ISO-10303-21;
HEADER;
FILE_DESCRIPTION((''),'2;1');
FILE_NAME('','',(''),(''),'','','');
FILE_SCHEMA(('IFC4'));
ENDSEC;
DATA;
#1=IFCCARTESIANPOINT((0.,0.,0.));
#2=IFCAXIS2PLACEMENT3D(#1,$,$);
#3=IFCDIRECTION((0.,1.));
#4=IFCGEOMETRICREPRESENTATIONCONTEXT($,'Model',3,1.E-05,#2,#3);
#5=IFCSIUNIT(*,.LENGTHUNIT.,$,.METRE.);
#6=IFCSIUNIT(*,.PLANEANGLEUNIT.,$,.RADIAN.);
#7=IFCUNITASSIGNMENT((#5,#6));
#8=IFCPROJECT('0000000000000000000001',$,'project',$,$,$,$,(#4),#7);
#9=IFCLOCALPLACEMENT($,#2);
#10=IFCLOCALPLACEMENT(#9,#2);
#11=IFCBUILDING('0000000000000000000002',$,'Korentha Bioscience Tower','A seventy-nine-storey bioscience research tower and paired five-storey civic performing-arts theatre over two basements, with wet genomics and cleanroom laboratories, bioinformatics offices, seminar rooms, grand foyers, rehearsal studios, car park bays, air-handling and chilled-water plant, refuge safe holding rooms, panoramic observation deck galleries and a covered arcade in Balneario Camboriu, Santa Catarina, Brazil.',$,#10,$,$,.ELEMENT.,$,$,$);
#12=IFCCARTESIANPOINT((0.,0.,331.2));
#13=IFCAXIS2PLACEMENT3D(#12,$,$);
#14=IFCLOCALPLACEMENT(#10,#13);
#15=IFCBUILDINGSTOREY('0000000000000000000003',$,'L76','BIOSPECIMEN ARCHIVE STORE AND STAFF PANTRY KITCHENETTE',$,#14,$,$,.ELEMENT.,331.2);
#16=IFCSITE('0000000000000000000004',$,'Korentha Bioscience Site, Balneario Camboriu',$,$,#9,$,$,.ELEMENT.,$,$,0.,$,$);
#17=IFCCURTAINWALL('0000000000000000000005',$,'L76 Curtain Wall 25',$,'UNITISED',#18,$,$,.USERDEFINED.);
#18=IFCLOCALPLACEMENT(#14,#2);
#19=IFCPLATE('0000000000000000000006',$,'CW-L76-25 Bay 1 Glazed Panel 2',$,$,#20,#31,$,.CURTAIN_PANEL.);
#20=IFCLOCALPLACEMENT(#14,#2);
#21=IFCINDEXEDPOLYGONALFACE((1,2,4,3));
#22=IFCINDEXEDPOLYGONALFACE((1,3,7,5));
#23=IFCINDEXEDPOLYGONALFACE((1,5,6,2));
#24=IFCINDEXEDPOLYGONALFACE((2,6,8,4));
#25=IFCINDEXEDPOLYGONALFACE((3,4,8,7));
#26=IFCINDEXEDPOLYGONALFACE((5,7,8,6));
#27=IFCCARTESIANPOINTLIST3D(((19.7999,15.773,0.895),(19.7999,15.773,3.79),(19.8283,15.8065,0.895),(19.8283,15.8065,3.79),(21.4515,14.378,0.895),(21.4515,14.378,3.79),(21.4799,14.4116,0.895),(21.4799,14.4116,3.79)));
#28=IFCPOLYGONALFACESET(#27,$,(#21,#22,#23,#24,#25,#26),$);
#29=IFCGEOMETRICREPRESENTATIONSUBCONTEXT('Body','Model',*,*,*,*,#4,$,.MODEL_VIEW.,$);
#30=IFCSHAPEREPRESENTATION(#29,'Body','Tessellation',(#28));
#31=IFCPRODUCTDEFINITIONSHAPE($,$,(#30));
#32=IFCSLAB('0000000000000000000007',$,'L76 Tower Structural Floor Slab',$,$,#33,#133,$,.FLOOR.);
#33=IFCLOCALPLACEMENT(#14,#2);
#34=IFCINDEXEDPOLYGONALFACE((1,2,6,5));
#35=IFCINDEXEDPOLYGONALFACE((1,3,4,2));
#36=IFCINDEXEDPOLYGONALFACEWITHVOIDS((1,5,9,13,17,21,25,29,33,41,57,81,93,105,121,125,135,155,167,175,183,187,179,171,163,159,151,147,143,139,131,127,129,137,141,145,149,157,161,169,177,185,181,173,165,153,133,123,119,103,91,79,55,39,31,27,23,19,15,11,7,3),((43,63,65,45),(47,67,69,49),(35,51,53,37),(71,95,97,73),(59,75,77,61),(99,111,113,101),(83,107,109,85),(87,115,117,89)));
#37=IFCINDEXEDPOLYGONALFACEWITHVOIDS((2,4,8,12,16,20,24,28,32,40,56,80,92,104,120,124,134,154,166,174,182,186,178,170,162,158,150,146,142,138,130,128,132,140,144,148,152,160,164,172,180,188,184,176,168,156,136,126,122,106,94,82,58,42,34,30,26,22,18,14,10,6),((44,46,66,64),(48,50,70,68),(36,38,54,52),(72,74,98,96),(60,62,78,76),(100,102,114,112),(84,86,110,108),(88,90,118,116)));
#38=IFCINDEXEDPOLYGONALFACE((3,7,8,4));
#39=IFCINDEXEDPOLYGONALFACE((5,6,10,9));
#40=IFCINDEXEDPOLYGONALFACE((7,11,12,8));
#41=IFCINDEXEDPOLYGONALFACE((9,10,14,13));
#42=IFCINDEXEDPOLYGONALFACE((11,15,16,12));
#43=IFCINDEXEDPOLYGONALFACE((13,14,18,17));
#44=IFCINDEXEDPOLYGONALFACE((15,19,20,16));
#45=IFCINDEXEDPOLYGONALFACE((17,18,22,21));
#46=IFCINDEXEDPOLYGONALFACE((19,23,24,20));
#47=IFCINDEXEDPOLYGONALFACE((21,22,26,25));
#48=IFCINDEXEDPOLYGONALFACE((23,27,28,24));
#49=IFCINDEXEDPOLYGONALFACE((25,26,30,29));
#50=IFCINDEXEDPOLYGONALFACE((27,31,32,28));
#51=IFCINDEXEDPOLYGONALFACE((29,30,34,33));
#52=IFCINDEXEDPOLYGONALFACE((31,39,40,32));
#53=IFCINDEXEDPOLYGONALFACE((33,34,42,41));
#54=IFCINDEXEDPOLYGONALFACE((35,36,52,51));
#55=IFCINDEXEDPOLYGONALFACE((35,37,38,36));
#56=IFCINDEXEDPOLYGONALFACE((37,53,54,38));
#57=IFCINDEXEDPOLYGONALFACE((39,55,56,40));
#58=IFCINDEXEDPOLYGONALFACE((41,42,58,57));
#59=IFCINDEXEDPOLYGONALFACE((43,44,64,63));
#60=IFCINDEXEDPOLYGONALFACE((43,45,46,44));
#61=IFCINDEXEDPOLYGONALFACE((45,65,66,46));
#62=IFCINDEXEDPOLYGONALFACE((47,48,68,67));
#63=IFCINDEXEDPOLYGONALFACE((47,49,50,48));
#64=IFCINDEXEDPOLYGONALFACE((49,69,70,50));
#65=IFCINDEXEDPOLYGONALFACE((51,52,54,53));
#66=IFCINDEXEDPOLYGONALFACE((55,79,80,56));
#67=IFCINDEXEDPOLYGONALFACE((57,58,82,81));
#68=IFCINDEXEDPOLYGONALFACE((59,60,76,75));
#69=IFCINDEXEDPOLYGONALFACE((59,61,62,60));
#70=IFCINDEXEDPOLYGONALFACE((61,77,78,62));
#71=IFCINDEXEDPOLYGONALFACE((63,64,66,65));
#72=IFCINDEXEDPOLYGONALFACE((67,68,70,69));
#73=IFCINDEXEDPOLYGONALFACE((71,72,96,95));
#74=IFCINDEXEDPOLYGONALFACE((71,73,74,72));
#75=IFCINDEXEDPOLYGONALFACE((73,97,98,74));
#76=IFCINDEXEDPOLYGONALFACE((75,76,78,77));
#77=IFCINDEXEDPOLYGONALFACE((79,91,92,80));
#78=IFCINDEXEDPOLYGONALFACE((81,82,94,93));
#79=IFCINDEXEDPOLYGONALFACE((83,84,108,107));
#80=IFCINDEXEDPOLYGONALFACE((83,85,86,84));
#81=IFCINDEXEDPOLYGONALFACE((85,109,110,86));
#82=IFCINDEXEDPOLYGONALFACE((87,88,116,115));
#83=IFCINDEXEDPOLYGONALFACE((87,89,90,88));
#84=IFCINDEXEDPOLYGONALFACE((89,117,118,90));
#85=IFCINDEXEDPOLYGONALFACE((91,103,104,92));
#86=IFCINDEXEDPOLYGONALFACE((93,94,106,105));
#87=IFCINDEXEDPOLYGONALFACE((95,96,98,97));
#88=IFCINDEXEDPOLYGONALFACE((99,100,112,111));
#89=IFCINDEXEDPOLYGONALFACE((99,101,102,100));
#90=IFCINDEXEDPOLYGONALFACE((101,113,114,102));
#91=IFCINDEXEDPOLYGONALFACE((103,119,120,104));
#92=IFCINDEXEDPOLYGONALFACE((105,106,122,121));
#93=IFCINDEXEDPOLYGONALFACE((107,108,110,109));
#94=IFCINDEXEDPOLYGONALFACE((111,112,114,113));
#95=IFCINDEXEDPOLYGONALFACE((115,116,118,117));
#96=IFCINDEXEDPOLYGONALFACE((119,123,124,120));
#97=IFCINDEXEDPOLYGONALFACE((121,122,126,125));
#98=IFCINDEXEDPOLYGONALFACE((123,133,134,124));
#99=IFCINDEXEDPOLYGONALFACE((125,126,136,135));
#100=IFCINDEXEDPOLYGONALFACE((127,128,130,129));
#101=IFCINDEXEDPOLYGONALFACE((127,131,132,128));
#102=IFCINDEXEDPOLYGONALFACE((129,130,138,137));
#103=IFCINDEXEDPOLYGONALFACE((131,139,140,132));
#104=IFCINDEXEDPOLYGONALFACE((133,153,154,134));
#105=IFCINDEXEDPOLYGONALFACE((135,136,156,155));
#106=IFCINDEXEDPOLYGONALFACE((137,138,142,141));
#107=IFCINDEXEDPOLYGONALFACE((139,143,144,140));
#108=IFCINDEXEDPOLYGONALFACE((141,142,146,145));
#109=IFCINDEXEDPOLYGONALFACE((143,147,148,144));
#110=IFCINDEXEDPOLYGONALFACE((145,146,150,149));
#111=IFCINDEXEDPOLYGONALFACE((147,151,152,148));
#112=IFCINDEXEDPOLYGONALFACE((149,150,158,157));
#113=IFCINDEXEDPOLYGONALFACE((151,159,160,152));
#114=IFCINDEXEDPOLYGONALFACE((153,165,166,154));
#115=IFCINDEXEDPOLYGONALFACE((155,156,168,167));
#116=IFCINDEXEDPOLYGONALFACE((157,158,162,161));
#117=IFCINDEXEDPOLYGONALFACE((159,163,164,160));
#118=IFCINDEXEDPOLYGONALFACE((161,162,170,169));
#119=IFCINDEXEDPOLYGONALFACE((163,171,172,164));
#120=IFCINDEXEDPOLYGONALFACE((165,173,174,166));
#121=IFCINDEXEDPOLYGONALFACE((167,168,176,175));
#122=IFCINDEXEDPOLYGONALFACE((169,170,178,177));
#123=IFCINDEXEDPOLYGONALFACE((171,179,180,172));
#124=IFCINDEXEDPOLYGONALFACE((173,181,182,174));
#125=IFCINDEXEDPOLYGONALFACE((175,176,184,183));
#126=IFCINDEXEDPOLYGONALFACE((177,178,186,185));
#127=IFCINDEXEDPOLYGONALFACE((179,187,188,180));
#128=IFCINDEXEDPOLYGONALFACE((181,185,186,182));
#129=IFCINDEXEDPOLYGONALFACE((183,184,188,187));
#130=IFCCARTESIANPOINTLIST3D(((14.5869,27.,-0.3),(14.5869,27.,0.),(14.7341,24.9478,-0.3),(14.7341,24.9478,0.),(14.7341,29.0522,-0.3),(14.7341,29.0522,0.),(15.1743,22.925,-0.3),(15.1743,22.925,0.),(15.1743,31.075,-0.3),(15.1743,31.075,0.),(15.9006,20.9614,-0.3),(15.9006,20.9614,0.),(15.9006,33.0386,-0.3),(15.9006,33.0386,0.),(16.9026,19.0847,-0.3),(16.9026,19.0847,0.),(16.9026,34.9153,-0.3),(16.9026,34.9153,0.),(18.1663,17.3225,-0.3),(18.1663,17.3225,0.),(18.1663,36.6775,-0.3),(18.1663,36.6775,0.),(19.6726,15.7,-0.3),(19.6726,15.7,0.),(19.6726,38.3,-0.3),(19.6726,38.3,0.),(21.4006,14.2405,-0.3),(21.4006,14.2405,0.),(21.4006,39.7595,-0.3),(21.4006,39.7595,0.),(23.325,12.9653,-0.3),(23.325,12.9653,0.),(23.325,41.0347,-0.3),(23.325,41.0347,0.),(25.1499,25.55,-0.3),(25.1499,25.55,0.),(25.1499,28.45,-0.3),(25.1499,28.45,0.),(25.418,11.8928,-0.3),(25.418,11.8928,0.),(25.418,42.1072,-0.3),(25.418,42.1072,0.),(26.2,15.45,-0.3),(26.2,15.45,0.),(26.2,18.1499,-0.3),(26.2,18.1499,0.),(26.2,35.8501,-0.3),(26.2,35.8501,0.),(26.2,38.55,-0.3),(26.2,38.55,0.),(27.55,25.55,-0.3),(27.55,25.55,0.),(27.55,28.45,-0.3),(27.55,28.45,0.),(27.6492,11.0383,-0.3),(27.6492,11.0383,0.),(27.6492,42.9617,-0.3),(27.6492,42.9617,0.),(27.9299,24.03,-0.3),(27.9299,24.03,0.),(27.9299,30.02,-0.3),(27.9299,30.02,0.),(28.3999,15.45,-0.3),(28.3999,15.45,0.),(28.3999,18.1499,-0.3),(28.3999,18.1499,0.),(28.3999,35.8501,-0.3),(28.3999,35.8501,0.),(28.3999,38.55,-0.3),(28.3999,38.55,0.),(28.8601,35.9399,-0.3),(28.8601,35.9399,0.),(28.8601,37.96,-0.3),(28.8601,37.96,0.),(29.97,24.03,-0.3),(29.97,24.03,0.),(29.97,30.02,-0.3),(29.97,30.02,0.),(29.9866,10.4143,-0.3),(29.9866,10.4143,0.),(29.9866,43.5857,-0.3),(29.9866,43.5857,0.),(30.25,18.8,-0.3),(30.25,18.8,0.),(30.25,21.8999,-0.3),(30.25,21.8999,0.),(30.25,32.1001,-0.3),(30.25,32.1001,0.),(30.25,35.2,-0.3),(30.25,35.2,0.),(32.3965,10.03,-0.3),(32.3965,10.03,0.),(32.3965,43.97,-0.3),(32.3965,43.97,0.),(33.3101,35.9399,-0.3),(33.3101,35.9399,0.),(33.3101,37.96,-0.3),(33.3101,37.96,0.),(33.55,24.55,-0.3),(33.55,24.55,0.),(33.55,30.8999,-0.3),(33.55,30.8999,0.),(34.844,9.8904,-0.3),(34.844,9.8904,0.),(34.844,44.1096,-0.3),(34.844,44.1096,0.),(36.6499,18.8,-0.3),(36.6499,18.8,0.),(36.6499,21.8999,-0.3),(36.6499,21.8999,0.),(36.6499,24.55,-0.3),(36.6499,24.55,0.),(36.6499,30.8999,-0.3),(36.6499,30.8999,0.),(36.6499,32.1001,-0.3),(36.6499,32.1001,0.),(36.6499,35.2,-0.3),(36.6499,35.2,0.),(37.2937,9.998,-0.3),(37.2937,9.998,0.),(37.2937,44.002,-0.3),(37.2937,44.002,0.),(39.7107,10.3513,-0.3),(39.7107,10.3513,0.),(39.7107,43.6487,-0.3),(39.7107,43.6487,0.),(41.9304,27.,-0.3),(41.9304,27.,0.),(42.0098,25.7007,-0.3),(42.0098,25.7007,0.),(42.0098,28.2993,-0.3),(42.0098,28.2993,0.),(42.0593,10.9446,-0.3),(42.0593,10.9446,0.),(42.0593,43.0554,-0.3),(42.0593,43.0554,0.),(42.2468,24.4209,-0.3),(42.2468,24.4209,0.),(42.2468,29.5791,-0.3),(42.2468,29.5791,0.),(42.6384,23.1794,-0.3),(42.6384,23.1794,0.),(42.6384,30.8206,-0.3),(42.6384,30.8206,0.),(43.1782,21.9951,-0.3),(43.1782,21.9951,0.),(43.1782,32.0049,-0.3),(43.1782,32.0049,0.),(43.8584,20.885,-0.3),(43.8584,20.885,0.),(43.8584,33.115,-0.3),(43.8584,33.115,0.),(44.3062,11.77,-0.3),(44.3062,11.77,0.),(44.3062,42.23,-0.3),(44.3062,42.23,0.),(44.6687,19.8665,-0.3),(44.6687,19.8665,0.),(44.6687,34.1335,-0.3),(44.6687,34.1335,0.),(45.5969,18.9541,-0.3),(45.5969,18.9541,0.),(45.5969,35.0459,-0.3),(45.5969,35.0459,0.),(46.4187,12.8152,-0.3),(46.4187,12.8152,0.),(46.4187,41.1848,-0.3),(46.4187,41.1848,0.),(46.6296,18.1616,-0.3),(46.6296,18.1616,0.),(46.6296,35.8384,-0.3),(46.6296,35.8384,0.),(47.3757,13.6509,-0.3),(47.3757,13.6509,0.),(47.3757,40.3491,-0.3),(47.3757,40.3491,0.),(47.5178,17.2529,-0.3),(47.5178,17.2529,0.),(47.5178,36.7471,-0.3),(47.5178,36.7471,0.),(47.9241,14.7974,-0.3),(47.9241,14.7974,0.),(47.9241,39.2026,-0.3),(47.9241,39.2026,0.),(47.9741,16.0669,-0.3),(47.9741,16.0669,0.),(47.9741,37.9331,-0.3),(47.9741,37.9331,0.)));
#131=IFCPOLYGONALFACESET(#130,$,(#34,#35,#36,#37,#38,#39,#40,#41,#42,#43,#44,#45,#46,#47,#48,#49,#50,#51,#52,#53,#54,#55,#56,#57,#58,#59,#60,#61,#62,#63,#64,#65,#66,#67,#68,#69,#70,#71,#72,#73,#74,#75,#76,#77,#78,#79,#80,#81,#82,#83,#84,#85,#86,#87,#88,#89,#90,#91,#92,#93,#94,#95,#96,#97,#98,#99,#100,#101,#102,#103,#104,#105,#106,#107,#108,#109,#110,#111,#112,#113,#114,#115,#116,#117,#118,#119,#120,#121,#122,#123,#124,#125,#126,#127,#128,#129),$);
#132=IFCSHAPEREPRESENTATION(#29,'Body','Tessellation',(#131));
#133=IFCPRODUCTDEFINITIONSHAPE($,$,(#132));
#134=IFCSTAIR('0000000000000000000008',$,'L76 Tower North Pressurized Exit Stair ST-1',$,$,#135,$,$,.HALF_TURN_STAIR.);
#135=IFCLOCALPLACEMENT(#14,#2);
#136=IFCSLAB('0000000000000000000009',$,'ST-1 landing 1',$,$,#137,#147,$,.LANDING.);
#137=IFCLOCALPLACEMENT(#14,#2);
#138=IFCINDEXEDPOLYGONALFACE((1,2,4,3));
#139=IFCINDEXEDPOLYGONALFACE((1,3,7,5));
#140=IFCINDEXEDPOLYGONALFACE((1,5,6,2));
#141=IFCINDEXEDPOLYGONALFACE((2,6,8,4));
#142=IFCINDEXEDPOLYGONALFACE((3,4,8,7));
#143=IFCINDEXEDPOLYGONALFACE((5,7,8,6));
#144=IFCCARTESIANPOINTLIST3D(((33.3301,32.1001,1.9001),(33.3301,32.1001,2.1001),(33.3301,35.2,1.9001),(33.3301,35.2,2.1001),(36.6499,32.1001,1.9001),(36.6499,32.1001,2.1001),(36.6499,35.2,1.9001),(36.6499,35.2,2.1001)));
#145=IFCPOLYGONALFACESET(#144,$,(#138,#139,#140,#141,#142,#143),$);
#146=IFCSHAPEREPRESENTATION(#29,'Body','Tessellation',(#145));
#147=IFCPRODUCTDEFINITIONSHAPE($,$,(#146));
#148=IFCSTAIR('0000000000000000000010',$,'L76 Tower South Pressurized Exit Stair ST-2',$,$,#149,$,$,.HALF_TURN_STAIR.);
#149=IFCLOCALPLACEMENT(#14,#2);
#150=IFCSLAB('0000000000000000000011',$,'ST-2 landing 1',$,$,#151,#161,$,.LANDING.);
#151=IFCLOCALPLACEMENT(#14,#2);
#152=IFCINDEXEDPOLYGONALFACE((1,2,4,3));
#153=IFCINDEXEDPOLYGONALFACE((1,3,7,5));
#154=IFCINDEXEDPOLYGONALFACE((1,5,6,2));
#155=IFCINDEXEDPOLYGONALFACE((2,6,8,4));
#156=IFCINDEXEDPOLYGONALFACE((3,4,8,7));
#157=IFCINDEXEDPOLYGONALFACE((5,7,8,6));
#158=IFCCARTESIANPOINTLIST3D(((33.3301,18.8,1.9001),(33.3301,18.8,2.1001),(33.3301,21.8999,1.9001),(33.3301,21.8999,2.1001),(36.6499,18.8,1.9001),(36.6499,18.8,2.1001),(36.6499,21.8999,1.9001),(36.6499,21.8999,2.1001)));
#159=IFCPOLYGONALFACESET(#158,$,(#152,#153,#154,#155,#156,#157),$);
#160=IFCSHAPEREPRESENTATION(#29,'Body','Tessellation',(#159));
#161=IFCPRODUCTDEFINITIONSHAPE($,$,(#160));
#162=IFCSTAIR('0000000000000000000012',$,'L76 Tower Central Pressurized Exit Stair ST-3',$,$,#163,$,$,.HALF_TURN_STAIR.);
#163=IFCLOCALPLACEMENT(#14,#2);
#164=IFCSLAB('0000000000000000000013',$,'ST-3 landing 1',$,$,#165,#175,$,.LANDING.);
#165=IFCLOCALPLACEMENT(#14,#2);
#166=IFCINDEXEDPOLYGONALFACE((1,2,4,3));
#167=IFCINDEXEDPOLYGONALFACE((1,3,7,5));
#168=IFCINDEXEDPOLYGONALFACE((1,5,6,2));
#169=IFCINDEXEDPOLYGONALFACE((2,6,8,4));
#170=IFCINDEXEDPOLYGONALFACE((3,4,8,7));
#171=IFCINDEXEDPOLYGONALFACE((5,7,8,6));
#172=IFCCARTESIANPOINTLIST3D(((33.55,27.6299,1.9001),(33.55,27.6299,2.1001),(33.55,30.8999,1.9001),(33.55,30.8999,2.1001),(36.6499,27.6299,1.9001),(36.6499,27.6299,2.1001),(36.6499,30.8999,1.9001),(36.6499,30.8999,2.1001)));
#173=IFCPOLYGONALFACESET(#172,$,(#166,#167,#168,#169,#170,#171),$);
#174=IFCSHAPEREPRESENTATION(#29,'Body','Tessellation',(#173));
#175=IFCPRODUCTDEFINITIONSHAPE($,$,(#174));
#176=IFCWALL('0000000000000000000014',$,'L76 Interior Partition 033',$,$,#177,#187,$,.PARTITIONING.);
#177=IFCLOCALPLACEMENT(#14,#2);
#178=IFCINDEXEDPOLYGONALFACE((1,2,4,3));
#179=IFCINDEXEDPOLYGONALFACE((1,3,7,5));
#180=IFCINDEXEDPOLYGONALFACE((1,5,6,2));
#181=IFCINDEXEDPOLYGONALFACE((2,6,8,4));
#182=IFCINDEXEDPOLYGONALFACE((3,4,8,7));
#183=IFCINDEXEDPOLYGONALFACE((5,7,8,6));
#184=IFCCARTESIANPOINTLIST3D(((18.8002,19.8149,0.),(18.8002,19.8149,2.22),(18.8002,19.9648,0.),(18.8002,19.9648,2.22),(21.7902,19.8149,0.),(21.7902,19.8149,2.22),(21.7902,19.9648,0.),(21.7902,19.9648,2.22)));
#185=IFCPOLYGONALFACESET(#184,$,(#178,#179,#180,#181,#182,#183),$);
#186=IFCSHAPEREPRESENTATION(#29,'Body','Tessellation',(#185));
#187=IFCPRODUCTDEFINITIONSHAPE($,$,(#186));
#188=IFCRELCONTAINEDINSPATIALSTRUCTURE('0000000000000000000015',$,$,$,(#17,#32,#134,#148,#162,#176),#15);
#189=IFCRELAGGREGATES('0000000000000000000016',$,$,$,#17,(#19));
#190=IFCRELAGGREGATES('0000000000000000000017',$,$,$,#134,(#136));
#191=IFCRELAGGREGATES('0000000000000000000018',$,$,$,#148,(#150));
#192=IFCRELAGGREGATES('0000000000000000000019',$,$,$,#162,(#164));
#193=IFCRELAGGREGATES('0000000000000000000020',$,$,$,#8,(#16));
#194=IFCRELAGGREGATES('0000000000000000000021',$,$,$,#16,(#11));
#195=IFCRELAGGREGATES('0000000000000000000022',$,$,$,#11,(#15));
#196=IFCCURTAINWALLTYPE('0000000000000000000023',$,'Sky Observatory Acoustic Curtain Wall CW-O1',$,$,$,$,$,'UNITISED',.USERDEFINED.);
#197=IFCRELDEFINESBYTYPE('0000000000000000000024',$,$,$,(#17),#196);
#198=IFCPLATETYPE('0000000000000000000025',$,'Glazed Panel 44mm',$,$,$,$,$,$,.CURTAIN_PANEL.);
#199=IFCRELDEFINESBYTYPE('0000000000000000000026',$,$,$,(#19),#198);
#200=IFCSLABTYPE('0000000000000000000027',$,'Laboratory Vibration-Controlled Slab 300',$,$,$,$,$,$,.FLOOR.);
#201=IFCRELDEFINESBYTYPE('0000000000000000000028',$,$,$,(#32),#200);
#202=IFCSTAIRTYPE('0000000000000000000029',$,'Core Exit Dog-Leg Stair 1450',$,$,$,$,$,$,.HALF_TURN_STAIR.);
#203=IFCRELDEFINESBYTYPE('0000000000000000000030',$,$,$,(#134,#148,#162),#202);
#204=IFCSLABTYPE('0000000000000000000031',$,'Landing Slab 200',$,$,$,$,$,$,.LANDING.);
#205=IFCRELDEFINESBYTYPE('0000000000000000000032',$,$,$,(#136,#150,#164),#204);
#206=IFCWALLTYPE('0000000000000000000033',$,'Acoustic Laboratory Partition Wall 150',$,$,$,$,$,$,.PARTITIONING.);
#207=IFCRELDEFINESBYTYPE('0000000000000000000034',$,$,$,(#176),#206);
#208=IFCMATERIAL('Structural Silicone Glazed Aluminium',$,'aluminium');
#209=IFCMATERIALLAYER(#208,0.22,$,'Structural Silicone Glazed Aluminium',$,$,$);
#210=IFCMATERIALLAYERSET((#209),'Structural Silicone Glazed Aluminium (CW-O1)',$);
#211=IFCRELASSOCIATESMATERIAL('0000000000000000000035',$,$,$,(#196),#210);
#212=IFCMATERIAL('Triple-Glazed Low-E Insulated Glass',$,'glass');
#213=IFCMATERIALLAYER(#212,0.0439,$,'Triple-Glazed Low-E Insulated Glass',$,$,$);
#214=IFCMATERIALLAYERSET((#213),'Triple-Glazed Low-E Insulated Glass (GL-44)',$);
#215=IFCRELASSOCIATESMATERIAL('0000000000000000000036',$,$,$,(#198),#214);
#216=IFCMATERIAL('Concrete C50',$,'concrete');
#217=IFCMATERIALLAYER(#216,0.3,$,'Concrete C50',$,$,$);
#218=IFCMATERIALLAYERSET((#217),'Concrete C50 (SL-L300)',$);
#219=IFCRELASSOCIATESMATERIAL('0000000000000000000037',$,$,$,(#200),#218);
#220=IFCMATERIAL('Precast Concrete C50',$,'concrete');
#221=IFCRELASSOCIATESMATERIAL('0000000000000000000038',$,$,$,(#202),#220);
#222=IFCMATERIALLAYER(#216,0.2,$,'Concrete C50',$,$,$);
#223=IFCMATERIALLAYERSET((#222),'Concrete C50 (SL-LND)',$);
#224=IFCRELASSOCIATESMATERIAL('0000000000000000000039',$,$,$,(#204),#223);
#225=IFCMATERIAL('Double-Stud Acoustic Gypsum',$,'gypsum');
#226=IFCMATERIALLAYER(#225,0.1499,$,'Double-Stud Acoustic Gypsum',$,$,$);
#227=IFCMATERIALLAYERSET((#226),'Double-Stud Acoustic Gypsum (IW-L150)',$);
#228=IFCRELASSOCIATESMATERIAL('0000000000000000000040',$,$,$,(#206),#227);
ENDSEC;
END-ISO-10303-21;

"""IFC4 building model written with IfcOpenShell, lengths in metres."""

from ifc_helpers import new_model, si_unit, direction, frame, frame_2d, origin, origin_2d, place, context, subcontext, project, spatial, polyline, rectangle, outline, extrude, material, layer, layer_set, type_object, element, aggregate, save


model = new_model("IFC4")

# Units and contexts
model_context = context("Model", 3, precision=1e-05, world=origin(), true_north=direction((0.0, 1.0)))
body_context = subcontext(model_context, "Body", "Model", "MODEL_VIEW")
ifc_project = project(units=[si_unit("LENGTHUNIT", "METRE"), si_unit("PLANEANGLEUNIT", "RADIAN")], contexts=[model_context])

# Site, building, storey
site_placement = place(None, origin())
site = spatial("IfcSite", under=ifc_project, at=site_placement, Name="Korentha Bioscience Site, Balneario Camboriu", CompositionType="ELEMENT", RefElevation=0.0)
building_placement = place(site_placement, origin())
building = spatial("IfcBuilding", under=site, at=building_placement, Name="Korentha Bioscience Tower", Description="A seventy-nine-storey bioscience research tower and paired five-storey civic performing-arts theatre over two basements, with wet genomics and cleanroom laboratories, bioinformatics offices, seminar rooms, grand foyers, rehearsal studios, car park bays, air-handling and chilled-water plant, refuge safe holding rooms, panoramic observation deck galleries and a covered arcade in Balneario Camboriu, Santa Catarina, Brazil.", CompositionType="ELEMENT")
storey_placement = place(building_placement, frame((0.0, 0.0, 331.2)))
storey = spatial("IfcBuildingStorey", under=building, at=storey_placement, Name="L76", Description="BIOSPECIMEN ARCHIVE STORE AND STAFF PANTRY KITCHENETTE", CompositionType="ELEMENT", Elevation=331.2)

# Shared definitions
ifc_material_1 = material(Name="Concrete C50", Category="concrete")

# Shared definitions
ifc_material_2 = material(Name="Structural Silicone Glazed Aluminium", Category="aluminium")
ifc_layer_1 = layer(ifc_material_2, 0.22, Name="Structural Silicone Glazed Aluminium")
ifc_layer_set_1 = layer_set([ifc_layer_1], Name="Structural Silicone Glazed Aluminium (CW-O1)")
curtain_wall_type = type_object("IfcCurtainWallType", Name="Sky Observatory Acoustic Curtain Wall CW-O1", ElementType="UNITISED", PredefinedType="USERDEFINED", material=ifc_layer_set_1)

# Curtain wall
curtain_wall_1_placement = place(storey_placement, origin())
curtain_wall_1 = element("IfcCurtainWall", 1, at=curtain_wall_1_placement, inside=storey, type_object=curtain_wall_type, Name="L76 Curtain Wall 25", ObjectType="UNITISED", PredefinedType="USERDEFINED")

# Plate
ifc_material_3 = material(Name="Triple-Glazed Low-E Insulated Glass", Category="glass")
ifc_layer_2 = layer(ifc_material_3, 0.0439, Name="Triple-Glazed Low-E Insulated Glass")
ifc_layer_set_2 = layer_set([ifc_layer_2], Name="Triple-Glazed Low-E Insulated Glass (GL-44)")
plate_type = type_object("IfcPlateType", Name="Glazed Panel 44mm", PredefinedType="CURTAIN_PANEL", material=ifc_layer_set_2)
plate_1_placement = place(storey_placement, frame((20.6399, 15.0923, 0.895), z_axis=(0.0, 0.0, 1.0), x_axis=(0.763987, -0.645232, 0.0)))
plate_1 = element("IfcPlate", 2, at=plate_1_placement, type_object=plate_type, Name="CW-L76-25 Bay 1 Glazed Panel 2", PredefinedType="CURTAIN_PANEL", context=body_context, shape_type="SweptSolid", body=[
    extrude(rectangle(XDim=2.1619, YDim=0.0439, at=origin_2d()), origin(), (0.0, 0.0, 1.0), 2.895),
])
aggregate(curtain_wall_1, [plate_1])

# Slab
ifc_layer_3 = layer(ifc_material_1, 0.3, Name="Concrete C50")
ifc_layer_set_3 = layer_set([ifc_layer_3], Name="Concrete C50 (SL-L300)")
slab_type_1 = type_object("IfcSlabType", Name="Laboratory Vibration-Controlled Slab 300", PredefinedType="FLOOR", material=ifc_layer_set_3)
slab_1_placement = place(storey_placement, frame((0.0, 0.0, -0.3)))
element("IfcSlab", 3, at=slab_1_placement, inside=storey, type_object=slab_type_1, Name="L76 Tower Structural Floor Slab", PredefinedType="FLOOR", context=body_context, shape_type="SweptSolid", body=[
    extrude(outline(polyline([(46.4187, 41.1848), (44.3062, 42.23), (42.0593, 43.0554), (39.7107, 43.6487), (37.2937, 44.002), (34.844, 44.1096), (32.3965, 43.97), (29.9866, 43.5857), (27.6492, 42.9617), (25.418, 42.1072), (23.325, 41.0347), (21.4006, 39.7595), (19.6726, 38.3), (18.1663, 36.6775), (16.9026, 34.9153), (15.9006, 33.0386), (15.1743, 31.075), (14.7341, 29.0522), (14.5869, 27.0), (14.7341, 24.9478), (15.1743, 22.925), (15.9006, 20.9614), (16.9026, 19.0847), (18.1663, 17.3225), (19.6726, 15.7), (21.4006, 14.2405), (23.325, 12.9653), (25.418, 11.8928), (27.6492, 11.0383), (29.9866, 10.4143), (32.3965, 10.03), (34.844, 9.8904), (37.2937, 9.998), (39.7107, 10.3513), (42.0593, 10.9446), (44.3062, 11.77), (46.4187, 12.8152), (47.3757, 13.6509), (47.9241, 14.7974), (47.9741, 16.0669), (47.5178, 17.2529), (46.6296, 18.1616), (45.5969, 18.9541), (44.6687, 19.8665), (43.8584, 20.885), (43.1782, 21.9951), (42.6384, 23.1794), (42.2468, 24.4209), (42.0098, 25.7007), (41.9304, 27.0), (42.0098, 28.2993), (42.2468, 29.5791), (42.6384, 30.8206), (43.1782, 32.0049), (43.8584, 33.115), (44.6687, 34.1335), (45.5969, 35.0459), (46.6296, 35.8384), (47.5178, 36.7471), (47.9741, 37.9331), (47.9241, 39.2026), (47.3757, 40.3491), (46.4187, 41.1848)]), holes=[polyline([(30.25, 32.1001), (36.6499, 32.1001), (36.6499, 35.2), (30.25, 35.2), (30.25, 32.1001)]), polyline([(30.25, 18.8), (36.6499, 18.8), (36.6499, 21.8999), (30.25, 21.8999), (30.25, 18.8)]), polyline([(36.6499, 24.55), (36.6499, 30.8999), (33.55, 30.8999), (33.55, 24.55), (36.6499, 24.55)]), polyline([(27.9299, 24.03), (29.97, 24.03), (29.97, 30.02), (27.9299, 30.02), (27.9299, 24.03)]), polyline([(28.8601, 35.9399), (33.3101, 35.9399), (33.3101, 37.96), (28.8601, 37.96), (28.8601, 35.9399)]), polyline([(26.2, 15.45), (28.3999, 15.45), (28.3999, 18.1499), (26.2, 18.1499), (26.2, 15.45)]), polyline([(26.2, 35.8501), (28.3999, 35.8501), (28.3999, 38.55), (26.2, 38.55), (26.2, 35.8501)]), polyline([(25.1499, 25.55), (27.55, 25.55), (27.55, 28.45), (25.1499, 28.45), (25.1499, 25.55)])]), origin(), (0.0, 0.0, 1.0), 0.3),
])

# Stairs, slabs
ifc_material_4 = material(Name="Precast Concrete C50", Category="concrete")
stair_type = type_object("IfcStairType", Name="Core Exit Dog-Leg Stair 1450", PredefinedType="HALF_TURN_STAIR", material=ifc_material_4)
stair_1_placement = place(storey_placement, origin())
stair_1 = element("IfcStair", 4, at=stair_1_placement, inside=storey, type_object=stair_type, Name="L76 Tower North Pressurized Exit Stair ST-1", PredefinedType="HALF_TURN_STAIR")
ifc_layer_4 = layer(ifc_material_1, 0.2, Name="Concrete C50")
ifc_layer_set_4 = layer_set([ifc_layer_4], Name="Concrete C50 (SL-LND)")
slab_type_2 = type_object("IfcSlabType", Name="Landing Slab 200", PredefinedType="LANDING", material=ifc_layer_set_4)
slab_2_placement = place(storey_placement, frame((0.0, 0.0, 1.9001)))
slab_2 = element("IfcSlab", 5, at=slab_2_placement, type_object=slab_type_2, Name="ST-1 landing 1", PredefinedType="LANDING", context=body_context, shape_type="SweptSolid", body=[
    extrude(outline(polyline([(33.3301, 32.1001), (36.6499, 32.1001), (36.6499, 35.2), (33.3301, 35.2), (33.3301, 32.1001)])), origin(), (0.0, 0.0, 1.0), 0.2),
])
aggregate(stair_1, [slab_2])
stair_2_placement = place(storey_placement, origin())
stair_2 = element("IfcStair", 6, at=stair_2_placement, inside=storey, type_object=stair_type, Name="L76 Tower South Pressurized Exit Stair ST-2", PredefinedType="HALF_TURN_STAIR")
slab_3_placement = place(storey_placement, frame((0.0, 0.0, 1.9001)))
slab_3 = element("IfcSlab", 7, at=slab_3_placement, type_object=slab_type_2, Name="ST-2 landing 1", PredefinedType="LANDING", context=body_context, shape_type="SweptSolid", body=[
    extrude(outline(polyline([(33.3301, 18.8), (36.6499, 18.8), (36.6499, 21.8999), (33.3301, 21.8999), (33.3301, 18.8)])), origin(), (0.0, 0.0, 1.0), 0.2),
])
aggregate(stair_2, [slab_3])
stair_3_placement = place(storey_placement, origin())
stair_3 = element("IfcStair", 8, at=stair_3_placement, inside=storey, type_object=stair_type, Name="L76 Tower Central Pressurized Exit Stair ST-3", PredefinedType="HALF_TURN_STAIR")
slab_4_placement = place(storey_placement, frame((0.0, 0.0, 1.9001)))
slab_4 = element("IfcSlab", 9, at=slab_4_placement, type_object=slab_type_2, Name="ST-3 landing 1", PredefinedType="LANDING", context=body_context, shape_type="SweptSolid", body=[
    extrude(outline(polyline([(36.6499, 27.6299), (36.6499, 30.8999), (33.55, 30.8999), (33.55, 27.6299), (36.6499, 27.6299)])), origin(), (0.0, 0.0, 1.0), 0.2),
])
aggregate(stair_3, [slab_4])

# Shared definitions
ifc_material_5 = material(Name="Double-Stud Acoustic Gypsum", Category="gypsum")
ifc_layer_5 = layer(ifc_material_5, 0.1499, Name="Double-Stud Acoustic Gypsum")
ifc_layer_set_5 = layer_set([ifc_layer_5], Name="Double-Stud Acoustic Gypsum (IW-L150)")
wall_type_1 = type_object("IfcWallType", Name="Acoustic Laboratory Partition Wall 150", PredefinedType="PARTITIONING", material=ifc_layer_set_5)

# Wall
wall_1_placement = place(storey_placement, frame((18.8, 19.8899, 0.0), z_axis=(0.0, 0.0, 1.0), x_axis=(1.0, 0.0, 0.0)))
element("IfcWall", 10, at=wall_1_placement, inside=storey, type_object=wall_type_1, Name="L76 Interior Partition 033", PredefinedType="PARTITIONING", context=body_context, shape_type="SweptSolid", body=[
    extrude(rectangle(XDim=2.99, YDim=0.1499, at=frame_2d((1.4951, 0.0))), origin(), (0.0, 0.0, 1.0), 2.22),
])

save(model, "model.ifc")
